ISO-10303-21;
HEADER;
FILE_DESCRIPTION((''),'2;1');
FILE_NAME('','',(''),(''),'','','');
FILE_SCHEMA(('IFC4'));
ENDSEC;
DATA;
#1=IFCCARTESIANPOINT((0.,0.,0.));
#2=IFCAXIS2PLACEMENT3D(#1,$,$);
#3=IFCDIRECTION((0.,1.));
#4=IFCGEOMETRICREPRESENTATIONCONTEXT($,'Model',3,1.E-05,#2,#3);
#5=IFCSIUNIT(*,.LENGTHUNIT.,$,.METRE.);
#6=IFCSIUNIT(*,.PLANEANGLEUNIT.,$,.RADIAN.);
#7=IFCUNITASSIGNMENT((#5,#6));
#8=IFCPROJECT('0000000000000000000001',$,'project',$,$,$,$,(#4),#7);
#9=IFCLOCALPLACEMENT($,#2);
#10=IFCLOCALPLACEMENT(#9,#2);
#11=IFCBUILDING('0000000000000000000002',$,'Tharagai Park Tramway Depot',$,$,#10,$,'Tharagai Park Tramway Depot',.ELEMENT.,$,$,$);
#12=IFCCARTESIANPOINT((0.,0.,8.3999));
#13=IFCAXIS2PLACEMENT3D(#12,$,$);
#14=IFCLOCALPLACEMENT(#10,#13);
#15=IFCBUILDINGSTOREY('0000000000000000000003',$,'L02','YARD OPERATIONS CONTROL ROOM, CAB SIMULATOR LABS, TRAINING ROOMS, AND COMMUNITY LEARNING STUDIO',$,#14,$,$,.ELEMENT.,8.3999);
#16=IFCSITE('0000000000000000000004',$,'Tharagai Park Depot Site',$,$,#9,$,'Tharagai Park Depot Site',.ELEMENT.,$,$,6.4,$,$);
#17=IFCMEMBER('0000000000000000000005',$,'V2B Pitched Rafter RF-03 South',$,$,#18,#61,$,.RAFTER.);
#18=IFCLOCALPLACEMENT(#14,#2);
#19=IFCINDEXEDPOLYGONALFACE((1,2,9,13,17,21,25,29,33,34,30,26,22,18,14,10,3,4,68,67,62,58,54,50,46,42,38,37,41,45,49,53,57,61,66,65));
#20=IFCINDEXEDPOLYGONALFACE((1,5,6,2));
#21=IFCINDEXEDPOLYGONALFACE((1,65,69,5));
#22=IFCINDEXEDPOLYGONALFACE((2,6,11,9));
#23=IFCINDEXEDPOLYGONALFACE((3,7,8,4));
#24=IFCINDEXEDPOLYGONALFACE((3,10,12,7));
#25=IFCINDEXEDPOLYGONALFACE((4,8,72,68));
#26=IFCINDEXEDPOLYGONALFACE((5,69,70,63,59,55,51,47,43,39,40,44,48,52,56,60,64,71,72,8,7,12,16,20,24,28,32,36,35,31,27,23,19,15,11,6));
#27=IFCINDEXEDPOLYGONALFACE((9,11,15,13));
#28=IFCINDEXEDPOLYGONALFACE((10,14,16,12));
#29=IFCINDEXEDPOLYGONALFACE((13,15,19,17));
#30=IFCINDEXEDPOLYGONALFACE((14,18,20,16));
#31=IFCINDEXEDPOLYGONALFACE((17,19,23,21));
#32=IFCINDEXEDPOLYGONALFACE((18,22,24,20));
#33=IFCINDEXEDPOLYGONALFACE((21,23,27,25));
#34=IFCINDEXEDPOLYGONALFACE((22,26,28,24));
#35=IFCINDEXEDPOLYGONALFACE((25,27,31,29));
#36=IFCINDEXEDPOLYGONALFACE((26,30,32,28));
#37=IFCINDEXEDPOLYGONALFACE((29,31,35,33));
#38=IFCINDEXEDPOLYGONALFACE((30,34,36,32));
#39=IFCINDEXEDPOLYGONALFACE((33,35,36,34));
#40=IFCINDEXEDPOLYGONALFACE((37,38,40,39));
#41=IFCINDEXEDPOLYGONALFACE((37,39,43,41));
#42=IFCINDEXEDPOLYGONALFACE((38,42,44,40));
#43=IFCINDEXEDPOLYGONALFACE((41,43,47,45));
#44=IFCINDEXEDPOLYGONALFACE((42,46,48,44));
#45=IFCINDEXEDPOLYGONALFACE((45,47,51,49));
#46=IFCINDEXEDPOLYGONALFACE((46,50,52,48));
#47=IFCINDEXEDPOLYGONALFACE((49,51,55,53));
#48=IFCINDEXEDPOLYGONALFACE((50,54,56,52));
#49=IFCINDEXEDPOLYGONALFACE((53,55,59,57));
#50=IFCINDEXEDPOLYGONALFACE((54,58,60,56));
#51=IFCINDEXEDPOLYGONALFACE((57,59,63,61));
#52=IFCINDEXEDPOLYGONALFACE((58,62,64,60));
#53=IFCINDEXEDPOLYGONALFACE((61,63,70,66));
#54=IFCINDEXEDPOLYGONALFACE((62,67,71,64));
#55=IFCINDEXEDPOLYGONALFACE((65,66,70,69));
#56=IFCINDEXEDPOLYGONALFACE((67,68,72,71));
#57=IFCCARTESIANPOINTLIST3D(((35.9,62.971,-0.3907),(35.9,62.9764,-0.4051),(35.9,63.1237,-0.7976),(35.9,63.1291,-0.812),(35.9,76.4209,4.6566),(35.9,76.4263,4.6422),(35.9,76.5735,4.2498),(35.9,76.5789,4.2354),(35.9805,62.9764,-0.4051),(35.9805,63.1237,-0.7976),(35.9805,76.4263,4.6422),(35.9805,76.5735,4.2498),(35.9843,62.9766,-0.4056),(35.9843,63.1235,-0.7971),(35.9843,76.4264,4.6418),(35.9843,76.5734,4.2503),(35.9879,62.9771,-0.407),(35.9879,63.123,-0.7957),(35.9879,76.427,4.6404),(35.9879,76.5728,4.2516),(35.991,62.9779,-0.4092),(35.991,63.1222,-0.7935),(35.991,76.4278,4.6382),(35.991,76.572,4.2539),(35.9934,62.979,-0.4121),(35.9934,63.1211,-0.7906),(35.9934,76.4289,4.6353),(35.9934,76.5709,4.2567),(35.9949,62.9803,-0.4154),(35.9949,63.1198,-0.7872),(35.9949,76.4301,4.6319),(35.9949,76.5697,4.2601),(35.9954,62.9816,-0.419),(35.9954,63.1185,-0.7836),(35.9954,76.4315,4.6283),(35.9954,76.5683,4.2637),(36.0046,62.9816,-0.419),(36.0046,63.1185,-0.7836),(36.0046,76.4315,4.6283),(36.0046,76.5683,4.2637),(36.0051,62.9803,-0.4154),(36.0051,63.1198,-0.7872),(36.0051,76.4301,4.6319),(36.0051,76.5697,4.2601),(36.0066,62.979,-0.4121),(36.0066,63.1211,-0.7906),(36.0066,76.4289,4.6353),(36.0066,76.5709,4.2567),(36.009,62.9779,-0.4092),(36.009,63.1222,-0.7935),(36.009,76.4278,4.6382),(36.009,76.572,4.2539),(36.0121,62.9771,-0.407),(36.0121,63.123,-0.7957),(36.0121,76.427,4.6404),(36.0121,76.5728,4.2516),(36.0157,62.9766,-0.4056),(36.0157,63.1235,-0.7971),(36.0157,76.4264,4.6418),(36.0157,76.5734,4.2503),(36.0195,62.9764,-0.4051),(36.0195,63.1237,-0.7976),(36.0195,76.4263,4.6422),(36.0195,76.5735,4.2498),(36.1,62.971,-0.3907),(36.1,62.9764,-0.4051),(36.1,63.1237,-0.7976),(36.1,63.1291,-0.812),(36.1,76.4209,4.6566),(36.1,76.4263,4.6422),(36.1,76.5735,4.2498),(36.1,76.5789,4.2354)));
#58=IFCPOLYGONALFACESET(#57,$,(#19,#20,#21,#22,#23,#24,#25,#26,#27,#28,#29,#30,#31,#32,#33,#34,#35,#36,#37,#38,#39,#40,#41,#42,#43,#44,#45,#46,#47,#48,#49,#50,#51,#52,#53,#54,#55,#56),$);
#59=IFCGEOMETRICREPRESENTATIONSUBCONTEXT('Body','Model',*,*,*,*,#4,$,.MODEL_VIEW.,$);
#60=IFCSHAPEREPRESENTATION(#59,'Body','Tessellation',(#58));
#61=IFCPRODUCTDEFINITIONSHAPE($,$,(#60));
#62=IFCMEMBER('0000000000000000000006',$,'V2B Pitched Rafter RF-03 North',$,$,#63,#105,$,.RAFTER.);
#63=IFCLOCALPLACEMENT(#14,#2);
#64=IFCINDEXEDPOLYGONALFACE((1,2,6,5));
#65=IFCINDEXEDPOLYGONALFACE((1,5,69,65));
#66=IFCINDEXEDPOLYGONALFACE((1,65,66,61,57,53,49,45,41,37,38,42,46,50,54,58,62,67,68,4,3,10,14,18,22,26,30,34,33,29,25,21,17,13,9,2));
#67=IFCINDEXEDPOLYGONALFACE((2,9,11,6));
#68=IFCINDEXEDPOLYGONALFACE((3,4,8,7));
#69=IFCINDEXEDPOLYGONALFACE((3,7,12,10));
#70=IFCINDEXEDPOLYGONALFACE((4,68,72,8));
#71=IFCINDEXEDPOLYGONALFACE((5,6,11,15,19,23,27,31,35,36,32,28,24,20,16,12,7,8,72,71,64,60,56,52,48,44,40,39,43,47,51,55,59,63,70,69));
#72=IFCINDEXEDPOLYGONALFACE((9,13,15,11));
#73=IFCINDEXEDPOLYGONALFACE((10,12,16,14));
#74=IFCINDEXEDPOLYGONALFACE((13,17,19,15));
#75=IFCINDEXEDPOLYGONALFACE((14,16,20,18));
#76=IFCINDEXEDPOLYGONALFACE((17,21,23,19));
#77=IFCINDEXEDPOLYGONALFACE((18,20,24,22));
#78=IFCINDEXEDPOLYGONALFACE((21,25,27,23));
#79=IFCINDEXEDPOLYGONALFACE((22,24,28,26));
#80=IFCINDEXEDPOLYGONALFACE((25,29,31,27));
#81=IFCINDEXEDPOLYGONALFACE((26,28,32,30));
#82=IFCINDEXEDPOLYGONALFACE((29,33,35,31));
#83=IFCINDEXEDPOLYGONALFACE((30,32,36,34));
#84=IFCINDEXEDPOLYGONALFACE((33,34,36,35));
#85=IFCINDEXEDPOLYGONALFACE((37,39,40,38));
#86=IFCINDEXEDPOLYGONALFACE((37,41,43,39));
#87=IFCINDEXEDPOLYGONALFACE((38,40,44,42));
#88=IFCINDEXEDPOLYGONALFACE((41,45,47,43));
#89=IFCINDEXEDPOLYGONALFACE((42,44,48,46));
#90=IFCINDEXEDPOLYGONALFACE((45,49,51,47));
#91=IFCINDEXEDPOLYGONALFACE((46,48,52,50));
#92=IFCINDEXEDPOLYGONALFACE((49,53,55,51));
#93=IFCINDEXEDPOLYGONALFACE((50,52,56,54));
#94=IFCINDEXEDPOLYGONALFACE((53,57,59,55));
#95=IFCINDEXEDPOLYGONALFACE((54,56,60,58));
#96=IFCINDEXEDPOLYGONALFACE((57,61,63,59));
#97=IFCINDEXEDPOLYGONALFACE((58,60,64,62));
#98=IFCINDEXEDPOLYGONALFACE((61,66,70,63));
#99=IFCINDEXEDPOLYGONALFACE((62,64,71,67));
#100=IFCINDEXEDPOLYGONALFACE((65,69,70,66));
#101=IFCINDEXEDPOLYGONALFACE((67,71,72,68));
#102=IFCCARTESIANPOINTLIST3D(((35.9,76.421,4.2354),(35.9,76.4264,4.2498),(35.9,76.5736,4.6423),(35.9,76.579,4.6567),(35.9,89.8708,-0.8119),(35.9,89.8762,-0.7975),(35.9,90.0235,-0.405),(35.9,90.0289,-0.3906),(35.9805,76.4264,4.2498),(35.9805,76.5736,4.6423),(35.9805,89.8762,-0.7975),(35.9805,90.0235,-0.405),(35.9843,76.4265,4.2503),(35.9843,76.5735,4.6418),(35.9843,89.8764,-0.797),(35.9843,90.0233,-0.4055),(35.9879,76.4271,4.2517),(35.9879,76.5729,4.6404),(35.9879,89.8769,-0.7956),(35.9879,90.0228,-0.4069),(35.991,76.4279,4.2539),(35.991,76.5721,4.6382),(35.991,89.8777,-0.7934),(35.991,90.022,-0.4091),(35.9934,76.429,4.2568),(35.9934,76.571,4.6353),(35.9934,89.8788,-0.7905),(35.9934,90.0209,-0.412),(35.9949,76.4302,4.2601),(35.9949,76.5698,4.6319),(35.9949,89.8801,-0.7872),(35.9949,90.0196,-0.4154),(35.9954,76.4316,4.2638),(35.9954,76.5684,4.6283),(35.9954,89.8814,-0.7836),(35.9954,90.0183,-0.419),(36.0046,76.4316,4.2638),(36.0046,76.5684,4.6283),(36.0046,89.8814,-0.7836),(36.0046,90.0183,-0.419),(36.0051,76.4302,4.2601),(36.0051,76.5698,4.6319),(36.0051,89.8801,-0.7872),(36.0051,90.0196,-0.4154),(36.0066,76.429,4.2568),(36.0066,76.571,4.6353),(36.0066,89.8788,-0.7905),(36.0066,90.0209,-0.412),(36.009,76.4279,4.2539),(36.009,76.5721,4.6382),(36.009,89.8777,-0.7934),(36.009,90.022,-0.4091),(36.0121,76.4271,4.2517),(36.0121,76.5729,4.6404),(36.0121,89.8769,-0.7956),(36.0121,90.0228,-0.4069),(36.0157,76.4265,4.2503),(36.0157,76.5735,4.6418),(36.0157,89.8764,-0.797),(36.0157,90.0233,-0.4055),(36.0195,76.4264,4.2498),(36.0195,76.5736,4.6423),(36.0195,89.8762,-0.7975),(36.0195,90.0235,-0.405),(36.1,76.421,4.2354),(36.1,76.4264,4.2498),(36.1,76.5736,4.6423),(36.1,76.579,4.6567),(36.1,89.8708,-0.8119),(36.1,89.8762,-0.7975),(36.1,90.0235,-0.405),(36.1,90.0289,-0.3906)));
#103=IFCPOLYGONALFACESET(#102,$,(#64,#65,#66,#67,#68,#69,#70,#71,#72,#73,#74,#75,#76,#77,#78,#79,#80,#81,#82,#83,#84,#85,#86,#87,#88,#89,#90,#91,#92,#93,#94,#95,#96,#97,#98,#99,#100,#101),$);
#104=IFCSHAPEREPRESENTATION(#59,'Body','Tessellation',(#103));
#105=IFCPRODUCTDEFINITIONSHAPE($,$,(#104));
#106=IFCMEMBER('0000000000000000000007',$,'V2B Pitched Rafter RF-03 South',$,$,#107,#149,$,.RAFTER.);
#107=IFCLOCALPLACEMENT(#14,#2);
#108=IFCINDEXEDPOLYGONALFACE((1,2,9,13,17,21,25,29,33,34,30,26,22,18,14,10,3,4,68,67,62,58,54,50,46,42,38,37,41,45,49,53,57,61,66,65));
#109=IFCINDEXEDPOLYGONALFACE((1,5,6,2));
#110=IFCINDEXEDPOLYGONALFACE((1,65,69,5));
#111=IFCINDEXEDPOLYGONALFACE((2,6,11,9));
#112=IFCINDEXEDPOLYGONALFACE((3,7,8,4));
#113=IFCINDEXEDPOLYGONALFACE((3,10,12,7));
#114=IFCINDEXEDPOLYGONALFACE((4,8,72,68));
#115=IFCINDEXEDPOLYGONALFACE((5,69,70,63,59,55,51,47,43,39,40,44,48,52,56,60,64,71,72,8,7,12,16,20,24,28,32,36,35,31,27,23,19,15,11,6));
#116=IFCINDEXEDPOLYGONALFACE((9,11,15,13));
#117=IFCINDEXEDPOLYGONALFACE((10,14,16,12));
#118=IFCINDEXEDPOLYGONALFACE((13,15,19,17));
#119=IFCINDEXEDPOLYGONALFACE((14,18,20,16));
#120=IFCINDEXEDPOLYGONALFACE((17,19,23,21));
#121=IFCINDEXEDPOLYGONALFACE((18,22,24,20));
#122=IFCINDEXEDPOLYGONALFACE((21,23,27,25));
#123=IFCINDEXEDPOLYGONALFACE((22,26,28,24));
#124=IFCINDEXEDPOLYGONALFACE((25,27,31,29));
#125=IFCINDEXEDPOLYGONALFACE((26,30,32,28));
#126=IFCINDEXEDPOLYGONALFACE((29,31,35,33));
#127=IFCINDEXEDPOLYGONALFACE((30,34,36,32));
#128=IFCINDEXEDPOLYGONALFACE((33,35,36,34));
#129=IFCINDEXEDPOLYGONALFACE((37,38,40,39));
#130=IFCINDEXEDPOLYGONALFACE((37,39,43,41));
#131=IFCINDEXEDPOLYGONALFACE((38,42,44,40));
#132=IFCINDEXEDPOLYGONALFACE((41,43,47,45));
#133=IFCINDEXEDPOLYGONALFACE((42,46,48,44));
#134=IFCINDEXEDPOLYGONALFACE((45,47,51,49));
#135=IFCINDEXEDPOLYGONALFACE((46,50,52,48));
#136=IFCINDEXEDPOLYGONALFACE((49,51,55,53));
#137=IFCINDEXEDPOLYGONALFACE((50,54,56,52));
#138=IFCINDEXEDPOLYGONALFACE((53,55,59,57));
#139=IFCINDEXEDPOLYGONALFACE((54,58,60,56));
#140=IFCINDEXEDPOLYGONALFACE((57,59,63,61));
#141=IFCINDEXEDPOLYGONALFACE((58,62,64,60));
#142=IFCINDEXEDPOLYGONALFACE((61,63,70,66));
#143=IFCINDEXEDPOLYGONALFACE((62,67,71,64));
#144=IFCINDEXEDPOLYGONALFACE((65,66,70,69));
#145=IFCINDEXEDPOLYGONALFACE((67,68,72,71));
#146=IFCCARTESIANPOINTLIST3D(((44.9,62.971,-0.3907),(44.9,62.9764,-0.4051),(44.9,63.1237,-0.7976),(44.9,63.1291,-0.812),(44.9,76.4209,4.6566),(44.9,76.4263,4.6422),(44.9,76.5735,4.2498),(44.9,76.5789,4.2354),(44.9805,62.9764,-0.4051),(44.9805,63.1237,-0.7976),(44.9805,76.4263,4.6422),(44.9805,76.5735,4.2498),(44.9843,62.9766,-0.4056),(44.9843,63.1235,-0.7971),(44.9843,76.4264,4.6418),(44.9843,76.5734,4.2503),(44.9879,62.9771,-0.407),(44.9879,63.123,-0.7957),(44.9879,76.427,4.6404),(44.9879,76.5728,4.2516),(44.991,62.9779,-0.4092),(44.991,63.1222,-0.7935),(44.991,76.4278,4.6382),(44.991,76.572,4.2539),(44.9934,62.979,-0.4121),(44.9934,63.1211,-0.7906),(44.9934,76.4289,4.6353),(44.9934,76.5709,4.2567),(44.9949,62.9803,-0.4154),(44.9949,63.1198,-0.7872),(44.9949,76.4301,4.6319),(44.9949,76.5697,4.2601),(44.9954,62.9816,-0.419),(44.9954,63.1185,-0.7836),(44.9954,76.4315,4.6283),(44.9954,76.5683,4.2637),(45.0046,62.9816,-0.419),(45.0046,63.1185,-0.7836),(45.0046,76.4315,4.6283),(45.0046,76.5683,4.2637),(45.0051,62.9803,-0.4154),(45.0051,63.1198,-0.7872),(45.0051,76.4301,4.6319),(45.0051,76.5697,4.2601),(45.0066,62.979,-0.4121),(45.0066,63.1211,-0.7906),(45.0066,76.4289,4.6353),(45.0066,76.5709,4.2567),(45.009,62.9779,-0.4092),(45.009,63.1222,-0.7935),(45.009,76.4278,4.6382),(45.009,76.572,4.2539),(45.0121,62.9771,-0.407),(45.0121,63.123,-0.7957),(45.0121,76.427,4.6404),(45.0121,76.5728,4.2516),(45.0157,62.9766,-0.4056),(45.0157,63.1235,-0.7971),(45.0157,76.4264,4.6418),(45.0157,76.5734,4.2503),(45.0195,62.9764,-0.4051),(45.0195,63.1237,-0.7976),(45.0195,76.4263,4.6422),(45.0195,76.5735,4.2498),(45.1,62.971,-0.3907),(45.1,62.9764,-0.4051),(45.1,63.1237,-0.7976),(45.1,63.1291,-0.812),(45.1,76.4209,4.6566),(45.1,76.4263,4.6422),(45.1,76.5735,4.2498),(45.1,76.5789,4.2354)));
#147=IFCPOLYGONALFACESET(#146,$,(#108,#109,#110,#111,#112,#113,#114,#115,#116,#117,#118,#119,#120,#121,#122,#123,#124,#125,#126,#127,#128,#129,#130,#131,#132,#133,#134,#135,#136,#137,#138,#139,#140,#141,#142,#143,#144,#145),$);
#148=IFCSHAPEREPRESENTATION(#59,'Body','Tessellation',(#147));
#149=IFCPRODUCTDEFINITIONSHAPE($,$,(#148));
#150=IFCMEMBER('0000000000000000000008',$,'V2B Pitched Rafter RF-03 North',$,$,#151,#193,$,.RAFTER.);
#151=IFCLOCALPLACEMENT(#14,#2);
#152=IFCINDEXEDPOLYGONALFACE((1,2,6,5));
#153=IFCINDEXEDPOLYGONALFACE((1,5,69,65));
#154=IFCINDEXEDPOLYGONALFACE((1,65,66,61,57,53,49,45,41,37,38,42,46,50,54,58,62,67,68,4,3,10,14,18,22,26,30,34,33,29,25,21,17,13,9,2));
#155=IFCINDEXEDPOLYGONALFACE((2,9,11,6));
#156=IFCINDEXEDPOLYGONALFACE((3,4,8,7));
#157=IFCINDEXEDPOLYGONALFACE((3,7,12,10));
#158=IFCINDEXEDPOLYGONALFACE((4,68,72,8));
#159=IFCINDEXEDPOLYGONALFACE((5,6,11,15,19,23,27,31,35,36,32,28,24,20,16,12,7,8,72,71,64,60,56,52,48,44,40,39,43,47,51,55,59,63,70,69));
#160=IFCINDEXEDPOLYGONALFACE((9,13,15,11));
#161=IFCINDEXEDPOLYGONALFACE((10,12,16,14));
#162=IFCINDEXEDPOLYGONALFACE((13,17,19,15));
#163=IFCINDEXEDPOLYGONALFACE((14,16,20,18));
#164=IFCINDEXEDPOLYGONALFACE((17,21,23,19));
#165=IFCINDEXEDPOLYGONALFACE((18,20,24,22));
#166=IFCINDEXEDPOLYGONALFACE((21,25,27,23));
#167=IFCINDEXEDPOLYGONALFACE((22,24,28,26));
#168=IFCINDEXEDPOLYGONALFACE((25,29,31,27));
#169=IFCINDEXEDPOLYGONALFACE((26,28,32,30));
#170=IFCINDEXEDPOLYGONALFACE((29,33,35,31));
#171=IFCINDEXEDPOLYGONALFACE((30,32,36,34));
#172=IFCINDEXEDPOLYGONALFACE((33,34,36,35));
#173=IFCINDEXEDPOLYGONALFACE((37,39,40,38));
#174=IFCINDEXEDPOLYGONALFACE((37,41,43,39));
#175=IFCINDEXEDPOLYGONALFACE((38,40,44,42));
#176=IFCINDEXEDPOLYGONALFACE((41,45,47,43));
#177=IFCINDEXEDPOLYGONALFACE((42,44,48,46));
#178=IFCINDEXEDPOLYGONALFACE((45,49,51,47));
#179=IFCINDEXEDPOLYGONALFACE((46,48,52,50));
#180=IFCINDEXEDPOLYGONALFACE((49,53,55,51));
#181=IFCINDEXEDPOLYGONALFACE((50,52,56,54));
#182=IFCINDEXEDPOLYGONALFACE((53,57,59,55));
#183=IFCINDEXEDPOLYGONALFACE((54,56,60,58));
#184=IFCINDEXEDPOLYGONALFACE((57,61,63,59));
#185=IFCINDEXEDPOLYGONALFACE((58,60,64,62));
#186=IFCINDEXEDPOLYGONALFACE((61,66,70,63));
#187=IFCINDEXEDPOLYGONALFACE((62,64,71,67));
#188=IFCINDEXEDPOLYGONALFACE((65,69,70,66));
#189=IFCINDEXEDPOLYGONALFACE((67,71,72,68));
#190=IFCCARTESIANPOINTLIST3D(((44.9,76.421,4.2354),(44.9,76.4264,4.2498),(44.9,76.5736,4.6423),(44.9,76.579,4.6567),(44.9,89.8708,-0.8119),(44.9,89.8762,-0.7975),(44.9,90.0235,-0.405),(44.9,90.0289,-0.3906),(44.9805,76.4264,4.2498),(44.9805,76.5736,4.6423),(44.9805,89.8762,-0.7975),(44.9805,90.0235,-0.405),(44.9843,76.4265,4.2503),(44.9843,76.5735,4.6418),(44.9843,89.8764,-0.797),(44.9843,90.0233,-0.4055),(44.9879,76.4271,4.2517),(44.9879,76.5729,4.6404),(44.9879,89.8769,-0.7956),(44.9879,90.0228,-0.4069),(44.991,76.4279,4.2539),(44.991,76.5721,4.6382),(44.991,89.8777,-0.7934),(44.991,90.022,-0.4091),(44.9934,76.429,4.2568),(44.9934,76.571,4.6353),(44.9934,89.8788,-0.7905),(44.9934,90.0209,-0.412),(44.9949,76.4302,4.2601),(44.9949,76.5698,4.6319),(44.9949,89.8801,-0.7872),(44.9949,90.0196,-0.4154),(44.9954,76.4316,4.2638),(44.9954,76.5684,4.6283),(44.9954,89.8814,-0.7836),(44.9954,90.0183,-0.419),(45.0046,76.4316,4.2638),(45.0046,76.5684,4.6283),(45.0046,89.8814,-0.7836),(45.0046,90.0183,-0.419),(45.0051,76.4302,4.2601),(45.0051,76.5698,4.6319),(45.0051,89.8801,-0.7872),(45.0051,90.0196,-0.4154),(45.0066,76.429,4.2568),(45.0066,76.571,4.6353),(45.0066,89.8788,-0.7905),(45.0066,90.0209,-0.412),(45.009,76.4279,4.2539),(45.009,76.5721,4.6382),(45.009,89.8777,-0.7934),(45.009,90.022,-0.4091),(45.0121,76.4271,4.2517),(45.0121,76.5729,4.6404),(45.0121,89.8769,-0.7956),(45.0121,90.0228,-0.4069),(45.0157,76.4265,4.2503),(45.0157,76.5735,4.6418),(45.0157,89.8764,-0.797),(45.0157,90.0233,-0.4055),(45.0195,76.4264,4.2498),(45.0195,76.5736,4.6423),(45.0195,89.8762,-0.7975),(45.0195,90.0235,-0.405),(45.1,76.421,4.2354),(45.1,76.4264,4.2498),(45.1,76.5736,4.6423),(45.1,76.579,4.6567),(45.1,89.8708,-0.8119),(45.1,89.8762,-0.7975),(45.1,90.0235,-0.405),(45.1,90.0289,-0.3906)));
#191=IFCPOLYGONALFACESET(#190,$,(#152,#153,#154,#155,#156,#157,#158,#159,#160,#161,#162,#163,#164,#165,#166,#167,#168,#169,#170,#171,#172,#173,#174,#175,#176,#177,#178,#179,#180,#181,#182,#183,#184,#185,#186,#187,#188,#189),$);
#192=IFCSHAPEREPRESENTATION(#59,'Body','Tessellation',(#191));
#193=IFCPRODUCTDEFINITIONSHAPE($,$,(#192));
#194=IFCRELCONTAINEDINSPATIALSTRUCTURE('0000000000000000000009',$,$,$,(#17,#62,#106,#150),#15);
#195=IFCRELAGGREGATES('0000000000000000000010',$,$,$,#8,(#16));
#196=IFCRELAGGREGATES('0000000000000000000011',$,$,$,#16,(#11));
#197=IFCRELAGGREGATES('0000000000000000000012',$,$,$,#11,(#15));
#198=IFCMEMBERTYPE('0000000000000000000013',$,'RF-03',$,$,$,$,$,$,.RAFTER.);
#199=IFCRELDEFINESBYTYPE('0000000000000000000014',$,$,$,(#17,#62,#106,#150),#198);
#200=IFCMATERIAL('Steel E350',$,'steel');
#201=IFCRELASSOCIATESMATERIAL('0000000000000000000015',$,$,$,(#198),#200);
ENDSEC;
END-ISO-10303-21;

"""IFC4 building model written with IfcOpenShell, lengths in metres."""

from ifc_helpers import new_model, si_unit, direction, frame, origin, origin_2d, place, context, subcontext, project, spatial, i_section, extrude, material, material_profile, profile_set, type_object, element, save


model = new_model("IFC4")

# Units and contexts
model_context = context("Model", 3, precision=1e-05, world=origin(), true_north=direction((0.0, 1.0)))
body_context = subcontext(model_context, "Body", "Model", "MODEL_VIEW")
ifc_project = project(units=[si_unit("LENGTHUNIT", "METRE"), si_unit("PLANEANGLEUNIT", "RADIAN")], contexts=[model_context])

# Site, building, storey
site_placement = place(None, origin())
site = spatial("IfcSite", under=ifc_project, at=site_placement, Name="Tharagai Park Depot Site", LongName="Tharagai Park Depot Site", CompositionType="ELEMENT", RefElevation=6.4)
building_placement = place(site_placement, origin())
building = spatial("IfcBuilding", under=site, at=building_placement, Name="Tharagai Park Tramway Depot", LongName="Tharagai Park Tramway Depot", CompositionType="ELEMENT")
storey_placement = place(building_placement, frame((0.0, 0.0, 8.3999)))
storey = spatial("IfcBuildingStorey", under=building, at=storey_placement, Name="L02", Description="YARD OPERATIONS CONTROL ROOM, CAB SIMULATOR LABS, TRAINING ROOMS, AND COMMUNITY LEARNING STUDIO", CompositionType="ELEMENT", Elevation=8.3999)

# Shared definitions
ifc_material_1 = material(Name="Steel E350", Category="steel")

# Members
ifc_material_profile_1 = material_profile(ifc_material_1, i_section(OverallWidth=0.2, OverallDepth=0.45, WebThickness=0.0093, FlangeThickness=0.0154, FilletRadius=0.0149, at=origin_2d()), Name="ISWB 450")
ifc_profile_set_1 = profile_set([ifc_material_profile_1], Name="Steel E350")
member_type_1 = type_object("IfcMemberType", Name="RF-03", PredefinedType="RAFTER", material=ifc_profile_set_1)
for number, where, z_axis, x_axis, name in (
    (1, (36.0, 63.05, -0.6013), (0.0, 0.936246, 0.351345), (-1.0, 0.0, 0.0), "V2B Pitched Rafter RF-03 South"),
    (2, (36.0, 76.5, 4.446), (0.0, 0.936246, -0.351345), (-1.0, 0.0, 0.0), "V2B Pitched Rafter RF-03 North"),
    (3, (45.0, 63.05, -0.6013), (0.0, 0.936246, 0.351345), (-1.0, 0.0, 0.0), "V2B Pitched Rafter RF-03 South"),
    (4, (45.0, 76.5, 4.446), (0.0, 0.936246, -0.351345), (-1.0, 0.0, 0.0), "V2B Pitched Rafter RF-03 North"),
):
    element("IfcMember", number, at=place(storey_placement, frame(where, z_axis=z_axis, x_axis=x_axis)), inside=storey, type_object=member_type_1, Name=name, PredefinedType="RAFTER", context=body_context, shape_type="SweptSolid", body=[
        extrude(i_section(OverallWidth=0.2, OverallDepth=0.45, WebThickness=0.0093, FlangeThickness=0.0154, FilletRadius=0.0149, at=origin_2d()), origin(), (0.0, 0.0, 1.0), 14.3657),
    ])

save(model, "model.ifc")
